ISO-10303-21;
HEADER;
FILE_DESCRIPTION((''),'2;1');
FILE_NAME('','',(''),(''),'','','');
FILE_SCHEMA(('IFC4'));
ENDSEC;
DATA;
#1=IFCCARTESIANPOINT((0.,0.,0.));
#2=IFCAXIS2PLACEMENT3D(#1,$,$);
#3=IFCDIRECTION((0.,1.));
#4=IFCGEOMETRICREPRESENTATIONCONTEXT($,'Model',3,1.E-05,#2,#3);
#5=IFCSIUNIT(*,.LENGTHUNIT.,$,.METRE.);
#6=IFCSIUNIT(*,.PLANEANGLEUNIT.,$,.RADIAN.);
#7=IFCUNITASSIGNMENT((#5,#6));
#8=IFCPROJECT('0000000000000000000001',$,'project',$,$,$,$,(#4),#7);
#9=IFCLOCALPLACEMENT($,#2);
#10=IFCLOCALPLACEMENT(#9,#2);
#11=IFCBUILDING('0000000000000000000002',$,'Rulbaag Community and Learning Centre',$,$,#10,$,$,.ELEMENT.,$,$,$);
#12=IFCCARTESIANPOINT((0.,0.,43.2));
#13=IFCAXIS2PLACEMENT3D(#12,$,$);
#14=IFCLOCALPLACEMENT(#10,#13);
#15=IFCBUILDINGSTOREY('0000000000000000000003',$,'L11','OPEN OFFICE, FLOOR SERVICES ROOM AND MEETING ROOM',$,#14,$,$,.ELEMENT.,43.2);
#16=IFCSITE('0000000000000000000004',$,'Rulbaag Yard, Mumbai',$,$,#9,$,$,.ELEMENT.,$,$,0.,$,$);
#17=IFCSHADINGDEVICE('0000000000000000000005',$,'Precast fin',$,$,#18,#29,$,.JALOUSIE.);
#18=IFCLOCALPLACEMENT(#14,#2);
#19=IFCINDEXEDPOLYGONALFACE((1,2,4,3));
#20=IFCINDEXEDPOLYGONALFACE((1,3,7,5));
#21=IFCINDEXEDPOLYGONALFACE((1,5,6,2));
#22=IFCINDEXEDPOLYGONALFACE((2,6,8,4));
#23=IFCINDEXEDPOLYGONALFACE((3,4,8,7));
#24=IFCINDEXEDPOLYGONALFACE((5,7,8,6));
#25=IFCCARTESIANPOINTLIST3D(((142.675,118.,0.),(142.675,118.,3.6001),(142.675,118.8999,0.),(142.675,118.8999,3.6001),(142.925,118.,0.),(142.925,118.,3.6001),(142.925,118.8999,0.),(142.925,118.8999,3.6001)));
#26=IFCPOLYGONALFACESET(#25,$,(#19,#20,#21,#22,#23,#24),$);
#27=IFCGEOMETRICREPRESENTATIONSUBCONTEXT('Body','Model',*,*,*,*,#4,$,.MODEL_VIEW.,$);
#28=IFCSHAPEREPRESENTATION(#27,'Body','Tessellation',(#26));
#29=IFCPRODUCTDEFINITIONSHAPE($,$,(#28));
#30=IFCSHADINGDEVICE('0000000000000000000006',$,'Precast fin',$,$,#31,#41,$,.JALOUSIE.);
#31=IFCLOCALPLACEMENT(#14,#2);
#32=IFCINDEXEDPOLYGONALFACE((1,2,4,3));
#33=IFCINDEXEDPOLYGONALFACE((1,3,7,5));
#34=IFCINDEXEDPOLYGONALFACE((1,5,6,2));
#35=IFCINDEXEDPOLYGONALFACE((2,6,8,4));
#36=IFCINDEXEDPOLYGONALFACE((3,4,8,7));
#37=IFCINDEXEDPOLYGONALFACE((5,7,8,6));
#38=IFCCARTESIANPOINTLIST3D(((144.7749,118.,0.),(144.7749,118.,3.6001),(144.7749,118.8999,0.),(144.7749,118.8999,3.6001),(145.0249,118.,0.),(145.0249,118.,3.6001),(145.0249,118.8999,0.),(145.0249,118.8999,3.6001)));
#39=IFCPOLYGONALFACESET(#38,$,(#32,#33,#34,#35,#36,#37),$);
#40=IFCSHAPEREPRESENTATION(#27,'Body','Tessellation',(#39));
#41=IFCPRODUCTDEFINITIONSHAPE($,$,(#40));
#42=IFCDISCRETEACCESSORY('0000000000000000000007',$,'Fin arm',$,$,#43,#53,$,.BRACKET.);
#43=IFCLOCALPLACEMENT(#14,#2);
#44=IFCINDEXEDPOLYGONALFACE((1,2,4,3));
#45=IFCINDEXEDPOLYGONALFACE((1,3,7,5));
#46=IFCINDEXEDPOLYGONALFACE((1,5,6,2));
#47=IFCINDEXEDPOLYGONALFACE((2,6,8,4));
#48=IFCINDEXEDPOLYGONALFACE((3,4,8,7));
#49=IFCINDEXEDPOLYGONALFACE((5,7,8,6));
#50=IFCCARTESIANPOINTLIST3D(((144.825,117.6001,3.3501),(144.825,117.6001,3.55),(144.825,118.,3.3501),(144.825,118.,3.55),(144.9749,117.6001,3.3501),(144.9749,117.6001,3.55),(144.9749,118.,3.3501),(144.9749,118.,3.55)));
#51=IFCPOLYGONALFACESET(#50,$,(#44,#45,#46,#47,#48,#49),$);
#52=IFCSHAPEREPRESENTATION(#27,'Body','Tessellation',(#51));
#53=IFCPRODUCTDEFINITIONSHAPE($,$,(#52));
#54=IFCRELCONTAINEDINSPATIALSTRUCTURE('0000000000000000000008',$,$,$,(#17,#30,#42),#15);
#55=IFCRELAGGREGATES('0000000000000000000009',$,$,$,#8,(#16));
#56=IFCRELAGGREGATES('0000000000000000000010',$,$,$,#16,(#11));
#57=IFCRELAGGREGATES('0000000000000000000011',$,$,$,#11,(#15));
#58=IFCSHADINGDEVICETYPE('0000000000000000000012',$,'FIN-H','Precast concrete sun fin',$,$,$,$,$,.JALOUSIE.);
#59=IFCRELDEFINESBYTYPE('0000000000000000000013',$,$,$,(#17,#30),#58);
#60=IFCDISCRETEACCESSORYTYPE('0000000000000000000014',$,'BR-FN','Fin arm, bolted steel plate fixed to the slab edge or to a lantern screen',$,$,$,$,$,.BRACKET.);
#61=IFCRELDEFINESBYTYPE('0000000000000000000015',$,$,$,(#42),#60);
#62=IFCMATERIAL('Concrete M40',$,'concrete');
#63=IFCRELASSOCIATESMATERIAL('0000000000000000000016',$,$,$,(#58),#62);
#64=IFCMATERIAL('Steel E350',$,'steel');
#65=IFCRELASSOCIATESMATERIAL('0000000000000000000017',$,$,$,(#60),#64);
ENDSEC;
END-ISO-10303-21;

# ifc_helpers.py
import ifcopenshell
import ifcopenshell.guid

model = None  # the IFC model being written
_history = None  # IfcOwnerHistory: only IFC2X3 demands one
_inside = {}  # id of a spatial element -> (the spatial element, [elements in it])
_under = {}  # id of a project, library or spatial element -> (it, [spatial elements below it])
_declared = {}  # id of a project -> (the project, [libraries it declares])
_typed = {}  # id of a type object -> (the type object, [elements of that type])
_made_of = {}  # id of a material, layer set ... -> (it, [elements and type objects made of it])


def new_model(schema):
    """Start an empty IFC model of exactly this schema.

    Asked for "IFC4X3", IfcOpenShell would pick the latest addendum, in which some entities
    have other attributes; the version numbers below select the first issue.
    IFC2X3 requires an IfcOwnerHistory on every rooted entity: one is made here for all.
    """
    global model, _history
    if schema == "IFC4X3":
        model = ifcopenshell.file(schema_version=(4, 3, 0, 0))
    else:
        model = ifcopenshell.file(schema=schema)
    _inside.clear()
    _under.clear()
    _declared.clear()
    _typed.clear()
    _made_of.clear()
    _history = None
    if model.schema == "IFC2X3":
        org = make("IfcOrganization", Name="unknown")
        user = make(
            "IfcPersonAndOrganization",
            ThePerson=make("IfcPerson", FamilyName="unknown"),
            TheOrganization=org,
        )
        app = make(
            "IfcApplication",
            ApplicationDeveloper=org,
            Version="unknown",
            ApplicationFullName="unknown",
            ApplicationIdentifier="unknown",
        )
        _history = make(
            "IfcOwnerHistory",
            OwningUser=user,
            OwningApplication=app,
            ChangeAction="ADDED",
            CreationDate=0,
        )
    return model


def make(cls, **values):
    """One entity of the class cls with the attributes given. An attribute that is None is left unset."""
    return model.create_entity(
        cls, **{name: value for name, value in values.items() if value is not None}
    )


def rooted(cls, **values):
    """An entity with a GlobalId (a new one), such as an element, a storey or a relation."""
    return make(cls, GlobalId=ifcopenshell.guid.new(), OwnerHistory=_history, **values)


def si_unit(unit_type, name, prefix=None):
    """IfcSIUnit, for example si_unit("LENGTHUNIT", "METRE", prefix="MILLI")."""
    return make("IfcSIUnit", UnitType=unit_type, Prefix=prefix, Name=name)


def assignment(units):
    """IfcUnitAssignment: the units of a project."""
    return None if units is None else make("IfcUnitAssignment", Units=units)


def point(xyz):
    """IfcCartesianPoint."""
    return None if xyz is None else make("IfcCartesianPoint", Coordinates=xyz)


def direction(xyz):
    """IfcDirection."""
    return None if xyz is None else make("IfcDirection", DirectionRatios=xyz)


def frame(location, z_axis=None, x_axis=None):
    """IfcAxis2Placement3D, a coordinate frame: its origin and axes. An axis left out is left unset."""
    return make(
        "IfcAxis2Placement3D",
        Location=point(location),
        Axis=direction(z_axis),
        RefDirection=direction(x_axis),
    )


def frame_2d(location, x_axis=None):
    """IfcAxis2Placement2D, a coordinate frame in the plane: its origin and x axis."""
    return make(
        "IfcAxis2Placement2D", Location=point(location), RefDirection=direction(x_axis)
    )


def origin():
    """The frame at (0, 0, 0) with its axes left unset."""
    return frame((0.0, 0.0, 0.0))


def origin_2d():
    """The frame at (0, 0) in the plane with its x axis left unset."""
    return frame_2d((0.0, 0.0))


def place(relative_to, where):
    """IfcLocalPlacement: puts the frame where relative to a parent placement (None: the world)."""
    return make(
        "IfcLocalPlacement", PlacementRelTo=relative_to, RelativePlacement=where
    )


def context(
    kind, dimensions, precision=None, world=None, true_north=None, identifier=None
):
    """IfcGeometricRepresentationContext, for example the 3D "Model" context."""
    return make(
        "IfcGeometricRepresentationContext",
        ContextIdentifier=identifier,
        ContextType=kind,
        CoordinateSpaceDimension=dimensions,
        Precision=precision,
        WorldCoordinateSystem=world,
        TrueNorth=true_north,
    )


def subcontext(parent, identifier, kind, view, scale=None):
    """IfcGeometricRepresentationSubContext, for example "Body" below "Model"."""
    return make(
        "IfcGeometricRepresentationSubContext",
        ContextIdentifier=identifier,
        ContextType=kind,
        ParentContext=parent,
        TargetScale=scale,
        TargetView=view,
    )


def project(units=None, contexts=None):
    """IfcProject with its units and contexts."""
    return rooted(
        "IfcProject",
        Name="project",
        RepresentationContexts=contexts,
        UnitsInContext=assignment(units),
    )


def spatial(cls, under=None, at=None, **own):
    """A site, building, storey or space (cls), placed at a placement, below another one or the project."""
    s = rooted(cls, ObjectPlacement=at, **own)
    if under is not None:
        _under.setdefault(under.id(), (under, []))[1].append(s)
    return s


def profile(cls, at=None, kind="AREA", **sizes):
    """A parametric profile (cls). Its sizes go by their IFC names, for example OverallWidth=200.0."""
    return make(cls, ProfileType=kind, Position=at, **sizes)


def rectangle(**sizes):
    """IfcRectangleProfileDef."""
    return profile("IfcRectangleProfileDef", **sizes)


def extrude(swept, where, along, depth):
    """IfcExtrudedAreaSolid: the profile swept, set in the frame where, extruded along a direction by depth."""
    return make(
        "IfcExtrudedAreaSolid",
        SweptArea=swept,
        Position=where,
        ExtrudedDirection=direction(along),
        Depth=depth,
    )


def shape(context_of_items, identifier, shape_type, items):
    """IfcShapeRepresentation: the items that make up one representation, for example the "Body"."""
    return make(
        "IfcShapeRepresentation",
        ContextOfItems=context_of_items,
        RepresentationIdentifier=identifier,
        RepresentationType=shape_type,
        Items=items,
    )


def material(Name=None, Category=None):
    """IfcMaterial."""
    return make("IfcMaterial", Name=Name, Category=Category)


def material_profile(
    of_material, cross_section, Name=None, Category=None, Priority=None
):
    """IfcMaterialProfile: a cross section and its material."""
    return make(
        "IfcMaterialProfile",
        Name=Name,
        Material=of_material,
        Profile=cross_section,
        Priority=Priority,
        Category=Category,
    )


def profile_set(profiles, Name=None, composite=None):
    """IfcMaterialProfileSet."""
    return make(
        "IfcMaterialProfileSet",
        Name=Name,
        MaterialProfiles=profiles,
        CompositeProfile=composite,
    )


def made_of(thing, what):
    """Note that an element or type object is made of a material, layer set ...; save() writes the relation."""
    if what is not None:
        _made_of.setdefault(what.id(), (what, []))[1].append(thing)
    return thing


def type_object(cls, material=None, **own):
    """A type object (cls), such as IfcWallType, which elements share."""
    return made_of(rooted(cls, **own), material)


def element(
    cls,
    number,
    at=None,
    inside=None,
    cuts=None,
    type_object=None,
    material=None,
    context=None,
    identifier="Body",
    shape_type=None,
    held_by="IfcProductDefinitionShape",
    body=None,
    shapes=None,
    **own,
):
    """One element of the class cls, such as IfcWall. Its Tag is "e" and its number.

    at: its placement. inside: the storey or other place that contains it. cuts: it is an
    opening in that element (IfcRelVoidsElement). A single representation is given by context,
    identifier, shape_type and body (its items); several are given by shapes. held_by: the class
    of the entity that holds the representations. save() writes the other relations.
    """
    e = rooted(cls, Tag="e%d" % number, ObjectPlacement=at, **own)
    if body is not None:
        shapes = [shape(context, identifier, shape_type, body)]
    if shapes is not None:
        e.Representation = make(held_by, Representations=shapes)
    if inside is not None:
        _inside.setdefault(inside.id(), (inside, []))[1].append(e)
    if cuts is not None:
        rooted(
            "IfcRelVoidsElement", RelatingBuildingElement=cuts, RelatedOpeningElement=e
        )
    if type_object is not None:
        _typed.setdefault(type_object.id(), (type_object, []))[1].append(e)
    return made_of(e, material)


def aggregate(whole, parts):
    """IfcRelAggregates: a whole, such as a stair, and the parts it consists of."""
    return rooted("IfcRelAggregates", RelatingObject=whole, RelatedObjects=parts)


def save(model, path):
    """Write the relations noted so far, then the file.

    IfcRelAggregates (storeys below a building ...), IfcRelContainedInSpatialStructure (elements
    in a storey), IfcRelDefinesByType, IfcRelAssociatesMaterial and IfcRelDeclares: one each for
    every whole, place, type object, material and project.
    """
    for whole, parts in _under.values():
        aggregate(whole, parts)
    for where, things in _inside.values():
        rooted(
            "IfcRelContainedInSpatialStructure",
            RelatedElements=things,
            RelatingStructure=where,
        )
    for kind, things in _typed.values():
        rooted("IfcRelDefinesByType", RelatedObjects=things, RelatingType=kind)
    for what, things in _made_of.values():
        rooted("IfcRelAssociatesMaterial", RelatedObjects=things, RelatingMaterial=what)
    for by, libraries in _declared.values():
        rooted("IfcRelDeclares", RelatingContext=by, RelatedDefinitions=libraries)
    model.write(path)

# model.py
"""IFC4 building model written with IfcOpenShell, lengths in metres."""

from ifc_helpers import new_model, si_unit, direction, frame, origin, origin_2d, place, context, subcontext, project, spatial, rectangle, extrude, material, material_profile, profile_set, type_object, element, save


model = new_model("IFC4")

# Units and contexts
model_context = context("Model", 3, precision=1e-05, world=origin(), true_north=direction((0.0, 1.0)))
body_context = subcontext(model_context, "Body", "Model", "MODEL_VIEW")
ifc_project = project(units=[si_unit("LENGTHUNIT", "METRE"), si_unit("PLANEANGLEUNIT", "RADIAN")], contexts=[model_context])

# Site, building, storey
site_placement = place(None, origin())
site = spatial("IfcSite", under=ifc_project, at=site_placement, Name="Rulbaag Yard, Mumbai", CompositionType="ELEMENT", RefElevation=0.0)
building_placement = place(site_placement, origin())
building = spatial("IfcBuilding", under=site, at=building_placement, Name="Rulbaag Community and Learning Centre", CompositionType="ELEMENT")
storey_placement = place(building_placement, frame((0.0, 0.0, 43.2)))
storey = spatial("IfcBuildingStorey", under=building, at=storey_placement, Name="L11", Description="OPEN OFFICE, FLOOR SERVICES ROOM AND MEETING ROOM", CompositionType="ELEMENT", Elevation=43.2)

# Shared definitions
ifc_material_1 = material(Name="Concrete M40", Category="concrete")

# Shading devices
ifc_material_profile_1 = material_profile(ifc_material_1, rectangle(XDim=0.25, YDim=0.8999, at=origin_2d()), Name="PC 250x900")
ifc_profile_set_1 = profile_set([ifc_material_profile_1], Name="Concrete M40")
shading_device_type = type_object("IfcShadingDeviceType", Name="FIN-H", Description="Precast concrete sun fin", PredefinedType="JALOUSIE", material=ifc_profile_set_1)
for number, where, z_axis, x_axis, name in (
    (1, (142.8, 118.45, 0.0), (0.0, 0.0, 1.0), (1.0, 0.0, 0.0), "Precast fin"),
    (2, (144.8999, 118.45, 0.0), (0.0, 0.0, 1.0), (1.0, 0.0, 0.0), "Precast fin"),
):
    element("IfcShadingDevice", number, at=place(storey_placement, frame(where, z_axis=z_axis, x_axis=x_axis)), inside=storey, type_object=shading_device_type, Name=name, PredefinedType="JALOUSIE", context=body_context, shape_type="SweptSolid", body=[
        extrude(rectangle(XDim=0.25, YDim=0.8999, at=origin_2d()), origin(), (0.0, 0.0, 1.0), 3.6001),
    ])

# Discrete accessory
ifc_material_2 = material(Name="Steel E350", Category="steel")
discrete_accessory_type = type_object("IfcDiscreteAccessoryType", Name="BR-FN", Description="Fin arm, bolted steel plate fixed to the slab edge or to a lantern screen", PredefinedType="BRACKET", material=ifc_material_2)
discrete_accessory_placement = place(storey_placement, frame((144.8999, 117.8, 3.3501), z_axis=(0.0, 0.0, 1.0), x_axis=(1.0, 0.0, 0.0)))
element("IfcDiscreteAccessory", 3, at=discrete_accessory_placement, inside=storey, type_object=discrete_accessory_type, Name="Fin arm", PredefinedType="BRACKET", context=body_context, shape_type="SweptSolid", body=[
    extrude(rectangle(XDim=0.1499, YDim=0.3999, at=origin_2d()), origin(), (0.0, 0.0, 1.0), 0.2),
])

save(model, "model.ifc")
